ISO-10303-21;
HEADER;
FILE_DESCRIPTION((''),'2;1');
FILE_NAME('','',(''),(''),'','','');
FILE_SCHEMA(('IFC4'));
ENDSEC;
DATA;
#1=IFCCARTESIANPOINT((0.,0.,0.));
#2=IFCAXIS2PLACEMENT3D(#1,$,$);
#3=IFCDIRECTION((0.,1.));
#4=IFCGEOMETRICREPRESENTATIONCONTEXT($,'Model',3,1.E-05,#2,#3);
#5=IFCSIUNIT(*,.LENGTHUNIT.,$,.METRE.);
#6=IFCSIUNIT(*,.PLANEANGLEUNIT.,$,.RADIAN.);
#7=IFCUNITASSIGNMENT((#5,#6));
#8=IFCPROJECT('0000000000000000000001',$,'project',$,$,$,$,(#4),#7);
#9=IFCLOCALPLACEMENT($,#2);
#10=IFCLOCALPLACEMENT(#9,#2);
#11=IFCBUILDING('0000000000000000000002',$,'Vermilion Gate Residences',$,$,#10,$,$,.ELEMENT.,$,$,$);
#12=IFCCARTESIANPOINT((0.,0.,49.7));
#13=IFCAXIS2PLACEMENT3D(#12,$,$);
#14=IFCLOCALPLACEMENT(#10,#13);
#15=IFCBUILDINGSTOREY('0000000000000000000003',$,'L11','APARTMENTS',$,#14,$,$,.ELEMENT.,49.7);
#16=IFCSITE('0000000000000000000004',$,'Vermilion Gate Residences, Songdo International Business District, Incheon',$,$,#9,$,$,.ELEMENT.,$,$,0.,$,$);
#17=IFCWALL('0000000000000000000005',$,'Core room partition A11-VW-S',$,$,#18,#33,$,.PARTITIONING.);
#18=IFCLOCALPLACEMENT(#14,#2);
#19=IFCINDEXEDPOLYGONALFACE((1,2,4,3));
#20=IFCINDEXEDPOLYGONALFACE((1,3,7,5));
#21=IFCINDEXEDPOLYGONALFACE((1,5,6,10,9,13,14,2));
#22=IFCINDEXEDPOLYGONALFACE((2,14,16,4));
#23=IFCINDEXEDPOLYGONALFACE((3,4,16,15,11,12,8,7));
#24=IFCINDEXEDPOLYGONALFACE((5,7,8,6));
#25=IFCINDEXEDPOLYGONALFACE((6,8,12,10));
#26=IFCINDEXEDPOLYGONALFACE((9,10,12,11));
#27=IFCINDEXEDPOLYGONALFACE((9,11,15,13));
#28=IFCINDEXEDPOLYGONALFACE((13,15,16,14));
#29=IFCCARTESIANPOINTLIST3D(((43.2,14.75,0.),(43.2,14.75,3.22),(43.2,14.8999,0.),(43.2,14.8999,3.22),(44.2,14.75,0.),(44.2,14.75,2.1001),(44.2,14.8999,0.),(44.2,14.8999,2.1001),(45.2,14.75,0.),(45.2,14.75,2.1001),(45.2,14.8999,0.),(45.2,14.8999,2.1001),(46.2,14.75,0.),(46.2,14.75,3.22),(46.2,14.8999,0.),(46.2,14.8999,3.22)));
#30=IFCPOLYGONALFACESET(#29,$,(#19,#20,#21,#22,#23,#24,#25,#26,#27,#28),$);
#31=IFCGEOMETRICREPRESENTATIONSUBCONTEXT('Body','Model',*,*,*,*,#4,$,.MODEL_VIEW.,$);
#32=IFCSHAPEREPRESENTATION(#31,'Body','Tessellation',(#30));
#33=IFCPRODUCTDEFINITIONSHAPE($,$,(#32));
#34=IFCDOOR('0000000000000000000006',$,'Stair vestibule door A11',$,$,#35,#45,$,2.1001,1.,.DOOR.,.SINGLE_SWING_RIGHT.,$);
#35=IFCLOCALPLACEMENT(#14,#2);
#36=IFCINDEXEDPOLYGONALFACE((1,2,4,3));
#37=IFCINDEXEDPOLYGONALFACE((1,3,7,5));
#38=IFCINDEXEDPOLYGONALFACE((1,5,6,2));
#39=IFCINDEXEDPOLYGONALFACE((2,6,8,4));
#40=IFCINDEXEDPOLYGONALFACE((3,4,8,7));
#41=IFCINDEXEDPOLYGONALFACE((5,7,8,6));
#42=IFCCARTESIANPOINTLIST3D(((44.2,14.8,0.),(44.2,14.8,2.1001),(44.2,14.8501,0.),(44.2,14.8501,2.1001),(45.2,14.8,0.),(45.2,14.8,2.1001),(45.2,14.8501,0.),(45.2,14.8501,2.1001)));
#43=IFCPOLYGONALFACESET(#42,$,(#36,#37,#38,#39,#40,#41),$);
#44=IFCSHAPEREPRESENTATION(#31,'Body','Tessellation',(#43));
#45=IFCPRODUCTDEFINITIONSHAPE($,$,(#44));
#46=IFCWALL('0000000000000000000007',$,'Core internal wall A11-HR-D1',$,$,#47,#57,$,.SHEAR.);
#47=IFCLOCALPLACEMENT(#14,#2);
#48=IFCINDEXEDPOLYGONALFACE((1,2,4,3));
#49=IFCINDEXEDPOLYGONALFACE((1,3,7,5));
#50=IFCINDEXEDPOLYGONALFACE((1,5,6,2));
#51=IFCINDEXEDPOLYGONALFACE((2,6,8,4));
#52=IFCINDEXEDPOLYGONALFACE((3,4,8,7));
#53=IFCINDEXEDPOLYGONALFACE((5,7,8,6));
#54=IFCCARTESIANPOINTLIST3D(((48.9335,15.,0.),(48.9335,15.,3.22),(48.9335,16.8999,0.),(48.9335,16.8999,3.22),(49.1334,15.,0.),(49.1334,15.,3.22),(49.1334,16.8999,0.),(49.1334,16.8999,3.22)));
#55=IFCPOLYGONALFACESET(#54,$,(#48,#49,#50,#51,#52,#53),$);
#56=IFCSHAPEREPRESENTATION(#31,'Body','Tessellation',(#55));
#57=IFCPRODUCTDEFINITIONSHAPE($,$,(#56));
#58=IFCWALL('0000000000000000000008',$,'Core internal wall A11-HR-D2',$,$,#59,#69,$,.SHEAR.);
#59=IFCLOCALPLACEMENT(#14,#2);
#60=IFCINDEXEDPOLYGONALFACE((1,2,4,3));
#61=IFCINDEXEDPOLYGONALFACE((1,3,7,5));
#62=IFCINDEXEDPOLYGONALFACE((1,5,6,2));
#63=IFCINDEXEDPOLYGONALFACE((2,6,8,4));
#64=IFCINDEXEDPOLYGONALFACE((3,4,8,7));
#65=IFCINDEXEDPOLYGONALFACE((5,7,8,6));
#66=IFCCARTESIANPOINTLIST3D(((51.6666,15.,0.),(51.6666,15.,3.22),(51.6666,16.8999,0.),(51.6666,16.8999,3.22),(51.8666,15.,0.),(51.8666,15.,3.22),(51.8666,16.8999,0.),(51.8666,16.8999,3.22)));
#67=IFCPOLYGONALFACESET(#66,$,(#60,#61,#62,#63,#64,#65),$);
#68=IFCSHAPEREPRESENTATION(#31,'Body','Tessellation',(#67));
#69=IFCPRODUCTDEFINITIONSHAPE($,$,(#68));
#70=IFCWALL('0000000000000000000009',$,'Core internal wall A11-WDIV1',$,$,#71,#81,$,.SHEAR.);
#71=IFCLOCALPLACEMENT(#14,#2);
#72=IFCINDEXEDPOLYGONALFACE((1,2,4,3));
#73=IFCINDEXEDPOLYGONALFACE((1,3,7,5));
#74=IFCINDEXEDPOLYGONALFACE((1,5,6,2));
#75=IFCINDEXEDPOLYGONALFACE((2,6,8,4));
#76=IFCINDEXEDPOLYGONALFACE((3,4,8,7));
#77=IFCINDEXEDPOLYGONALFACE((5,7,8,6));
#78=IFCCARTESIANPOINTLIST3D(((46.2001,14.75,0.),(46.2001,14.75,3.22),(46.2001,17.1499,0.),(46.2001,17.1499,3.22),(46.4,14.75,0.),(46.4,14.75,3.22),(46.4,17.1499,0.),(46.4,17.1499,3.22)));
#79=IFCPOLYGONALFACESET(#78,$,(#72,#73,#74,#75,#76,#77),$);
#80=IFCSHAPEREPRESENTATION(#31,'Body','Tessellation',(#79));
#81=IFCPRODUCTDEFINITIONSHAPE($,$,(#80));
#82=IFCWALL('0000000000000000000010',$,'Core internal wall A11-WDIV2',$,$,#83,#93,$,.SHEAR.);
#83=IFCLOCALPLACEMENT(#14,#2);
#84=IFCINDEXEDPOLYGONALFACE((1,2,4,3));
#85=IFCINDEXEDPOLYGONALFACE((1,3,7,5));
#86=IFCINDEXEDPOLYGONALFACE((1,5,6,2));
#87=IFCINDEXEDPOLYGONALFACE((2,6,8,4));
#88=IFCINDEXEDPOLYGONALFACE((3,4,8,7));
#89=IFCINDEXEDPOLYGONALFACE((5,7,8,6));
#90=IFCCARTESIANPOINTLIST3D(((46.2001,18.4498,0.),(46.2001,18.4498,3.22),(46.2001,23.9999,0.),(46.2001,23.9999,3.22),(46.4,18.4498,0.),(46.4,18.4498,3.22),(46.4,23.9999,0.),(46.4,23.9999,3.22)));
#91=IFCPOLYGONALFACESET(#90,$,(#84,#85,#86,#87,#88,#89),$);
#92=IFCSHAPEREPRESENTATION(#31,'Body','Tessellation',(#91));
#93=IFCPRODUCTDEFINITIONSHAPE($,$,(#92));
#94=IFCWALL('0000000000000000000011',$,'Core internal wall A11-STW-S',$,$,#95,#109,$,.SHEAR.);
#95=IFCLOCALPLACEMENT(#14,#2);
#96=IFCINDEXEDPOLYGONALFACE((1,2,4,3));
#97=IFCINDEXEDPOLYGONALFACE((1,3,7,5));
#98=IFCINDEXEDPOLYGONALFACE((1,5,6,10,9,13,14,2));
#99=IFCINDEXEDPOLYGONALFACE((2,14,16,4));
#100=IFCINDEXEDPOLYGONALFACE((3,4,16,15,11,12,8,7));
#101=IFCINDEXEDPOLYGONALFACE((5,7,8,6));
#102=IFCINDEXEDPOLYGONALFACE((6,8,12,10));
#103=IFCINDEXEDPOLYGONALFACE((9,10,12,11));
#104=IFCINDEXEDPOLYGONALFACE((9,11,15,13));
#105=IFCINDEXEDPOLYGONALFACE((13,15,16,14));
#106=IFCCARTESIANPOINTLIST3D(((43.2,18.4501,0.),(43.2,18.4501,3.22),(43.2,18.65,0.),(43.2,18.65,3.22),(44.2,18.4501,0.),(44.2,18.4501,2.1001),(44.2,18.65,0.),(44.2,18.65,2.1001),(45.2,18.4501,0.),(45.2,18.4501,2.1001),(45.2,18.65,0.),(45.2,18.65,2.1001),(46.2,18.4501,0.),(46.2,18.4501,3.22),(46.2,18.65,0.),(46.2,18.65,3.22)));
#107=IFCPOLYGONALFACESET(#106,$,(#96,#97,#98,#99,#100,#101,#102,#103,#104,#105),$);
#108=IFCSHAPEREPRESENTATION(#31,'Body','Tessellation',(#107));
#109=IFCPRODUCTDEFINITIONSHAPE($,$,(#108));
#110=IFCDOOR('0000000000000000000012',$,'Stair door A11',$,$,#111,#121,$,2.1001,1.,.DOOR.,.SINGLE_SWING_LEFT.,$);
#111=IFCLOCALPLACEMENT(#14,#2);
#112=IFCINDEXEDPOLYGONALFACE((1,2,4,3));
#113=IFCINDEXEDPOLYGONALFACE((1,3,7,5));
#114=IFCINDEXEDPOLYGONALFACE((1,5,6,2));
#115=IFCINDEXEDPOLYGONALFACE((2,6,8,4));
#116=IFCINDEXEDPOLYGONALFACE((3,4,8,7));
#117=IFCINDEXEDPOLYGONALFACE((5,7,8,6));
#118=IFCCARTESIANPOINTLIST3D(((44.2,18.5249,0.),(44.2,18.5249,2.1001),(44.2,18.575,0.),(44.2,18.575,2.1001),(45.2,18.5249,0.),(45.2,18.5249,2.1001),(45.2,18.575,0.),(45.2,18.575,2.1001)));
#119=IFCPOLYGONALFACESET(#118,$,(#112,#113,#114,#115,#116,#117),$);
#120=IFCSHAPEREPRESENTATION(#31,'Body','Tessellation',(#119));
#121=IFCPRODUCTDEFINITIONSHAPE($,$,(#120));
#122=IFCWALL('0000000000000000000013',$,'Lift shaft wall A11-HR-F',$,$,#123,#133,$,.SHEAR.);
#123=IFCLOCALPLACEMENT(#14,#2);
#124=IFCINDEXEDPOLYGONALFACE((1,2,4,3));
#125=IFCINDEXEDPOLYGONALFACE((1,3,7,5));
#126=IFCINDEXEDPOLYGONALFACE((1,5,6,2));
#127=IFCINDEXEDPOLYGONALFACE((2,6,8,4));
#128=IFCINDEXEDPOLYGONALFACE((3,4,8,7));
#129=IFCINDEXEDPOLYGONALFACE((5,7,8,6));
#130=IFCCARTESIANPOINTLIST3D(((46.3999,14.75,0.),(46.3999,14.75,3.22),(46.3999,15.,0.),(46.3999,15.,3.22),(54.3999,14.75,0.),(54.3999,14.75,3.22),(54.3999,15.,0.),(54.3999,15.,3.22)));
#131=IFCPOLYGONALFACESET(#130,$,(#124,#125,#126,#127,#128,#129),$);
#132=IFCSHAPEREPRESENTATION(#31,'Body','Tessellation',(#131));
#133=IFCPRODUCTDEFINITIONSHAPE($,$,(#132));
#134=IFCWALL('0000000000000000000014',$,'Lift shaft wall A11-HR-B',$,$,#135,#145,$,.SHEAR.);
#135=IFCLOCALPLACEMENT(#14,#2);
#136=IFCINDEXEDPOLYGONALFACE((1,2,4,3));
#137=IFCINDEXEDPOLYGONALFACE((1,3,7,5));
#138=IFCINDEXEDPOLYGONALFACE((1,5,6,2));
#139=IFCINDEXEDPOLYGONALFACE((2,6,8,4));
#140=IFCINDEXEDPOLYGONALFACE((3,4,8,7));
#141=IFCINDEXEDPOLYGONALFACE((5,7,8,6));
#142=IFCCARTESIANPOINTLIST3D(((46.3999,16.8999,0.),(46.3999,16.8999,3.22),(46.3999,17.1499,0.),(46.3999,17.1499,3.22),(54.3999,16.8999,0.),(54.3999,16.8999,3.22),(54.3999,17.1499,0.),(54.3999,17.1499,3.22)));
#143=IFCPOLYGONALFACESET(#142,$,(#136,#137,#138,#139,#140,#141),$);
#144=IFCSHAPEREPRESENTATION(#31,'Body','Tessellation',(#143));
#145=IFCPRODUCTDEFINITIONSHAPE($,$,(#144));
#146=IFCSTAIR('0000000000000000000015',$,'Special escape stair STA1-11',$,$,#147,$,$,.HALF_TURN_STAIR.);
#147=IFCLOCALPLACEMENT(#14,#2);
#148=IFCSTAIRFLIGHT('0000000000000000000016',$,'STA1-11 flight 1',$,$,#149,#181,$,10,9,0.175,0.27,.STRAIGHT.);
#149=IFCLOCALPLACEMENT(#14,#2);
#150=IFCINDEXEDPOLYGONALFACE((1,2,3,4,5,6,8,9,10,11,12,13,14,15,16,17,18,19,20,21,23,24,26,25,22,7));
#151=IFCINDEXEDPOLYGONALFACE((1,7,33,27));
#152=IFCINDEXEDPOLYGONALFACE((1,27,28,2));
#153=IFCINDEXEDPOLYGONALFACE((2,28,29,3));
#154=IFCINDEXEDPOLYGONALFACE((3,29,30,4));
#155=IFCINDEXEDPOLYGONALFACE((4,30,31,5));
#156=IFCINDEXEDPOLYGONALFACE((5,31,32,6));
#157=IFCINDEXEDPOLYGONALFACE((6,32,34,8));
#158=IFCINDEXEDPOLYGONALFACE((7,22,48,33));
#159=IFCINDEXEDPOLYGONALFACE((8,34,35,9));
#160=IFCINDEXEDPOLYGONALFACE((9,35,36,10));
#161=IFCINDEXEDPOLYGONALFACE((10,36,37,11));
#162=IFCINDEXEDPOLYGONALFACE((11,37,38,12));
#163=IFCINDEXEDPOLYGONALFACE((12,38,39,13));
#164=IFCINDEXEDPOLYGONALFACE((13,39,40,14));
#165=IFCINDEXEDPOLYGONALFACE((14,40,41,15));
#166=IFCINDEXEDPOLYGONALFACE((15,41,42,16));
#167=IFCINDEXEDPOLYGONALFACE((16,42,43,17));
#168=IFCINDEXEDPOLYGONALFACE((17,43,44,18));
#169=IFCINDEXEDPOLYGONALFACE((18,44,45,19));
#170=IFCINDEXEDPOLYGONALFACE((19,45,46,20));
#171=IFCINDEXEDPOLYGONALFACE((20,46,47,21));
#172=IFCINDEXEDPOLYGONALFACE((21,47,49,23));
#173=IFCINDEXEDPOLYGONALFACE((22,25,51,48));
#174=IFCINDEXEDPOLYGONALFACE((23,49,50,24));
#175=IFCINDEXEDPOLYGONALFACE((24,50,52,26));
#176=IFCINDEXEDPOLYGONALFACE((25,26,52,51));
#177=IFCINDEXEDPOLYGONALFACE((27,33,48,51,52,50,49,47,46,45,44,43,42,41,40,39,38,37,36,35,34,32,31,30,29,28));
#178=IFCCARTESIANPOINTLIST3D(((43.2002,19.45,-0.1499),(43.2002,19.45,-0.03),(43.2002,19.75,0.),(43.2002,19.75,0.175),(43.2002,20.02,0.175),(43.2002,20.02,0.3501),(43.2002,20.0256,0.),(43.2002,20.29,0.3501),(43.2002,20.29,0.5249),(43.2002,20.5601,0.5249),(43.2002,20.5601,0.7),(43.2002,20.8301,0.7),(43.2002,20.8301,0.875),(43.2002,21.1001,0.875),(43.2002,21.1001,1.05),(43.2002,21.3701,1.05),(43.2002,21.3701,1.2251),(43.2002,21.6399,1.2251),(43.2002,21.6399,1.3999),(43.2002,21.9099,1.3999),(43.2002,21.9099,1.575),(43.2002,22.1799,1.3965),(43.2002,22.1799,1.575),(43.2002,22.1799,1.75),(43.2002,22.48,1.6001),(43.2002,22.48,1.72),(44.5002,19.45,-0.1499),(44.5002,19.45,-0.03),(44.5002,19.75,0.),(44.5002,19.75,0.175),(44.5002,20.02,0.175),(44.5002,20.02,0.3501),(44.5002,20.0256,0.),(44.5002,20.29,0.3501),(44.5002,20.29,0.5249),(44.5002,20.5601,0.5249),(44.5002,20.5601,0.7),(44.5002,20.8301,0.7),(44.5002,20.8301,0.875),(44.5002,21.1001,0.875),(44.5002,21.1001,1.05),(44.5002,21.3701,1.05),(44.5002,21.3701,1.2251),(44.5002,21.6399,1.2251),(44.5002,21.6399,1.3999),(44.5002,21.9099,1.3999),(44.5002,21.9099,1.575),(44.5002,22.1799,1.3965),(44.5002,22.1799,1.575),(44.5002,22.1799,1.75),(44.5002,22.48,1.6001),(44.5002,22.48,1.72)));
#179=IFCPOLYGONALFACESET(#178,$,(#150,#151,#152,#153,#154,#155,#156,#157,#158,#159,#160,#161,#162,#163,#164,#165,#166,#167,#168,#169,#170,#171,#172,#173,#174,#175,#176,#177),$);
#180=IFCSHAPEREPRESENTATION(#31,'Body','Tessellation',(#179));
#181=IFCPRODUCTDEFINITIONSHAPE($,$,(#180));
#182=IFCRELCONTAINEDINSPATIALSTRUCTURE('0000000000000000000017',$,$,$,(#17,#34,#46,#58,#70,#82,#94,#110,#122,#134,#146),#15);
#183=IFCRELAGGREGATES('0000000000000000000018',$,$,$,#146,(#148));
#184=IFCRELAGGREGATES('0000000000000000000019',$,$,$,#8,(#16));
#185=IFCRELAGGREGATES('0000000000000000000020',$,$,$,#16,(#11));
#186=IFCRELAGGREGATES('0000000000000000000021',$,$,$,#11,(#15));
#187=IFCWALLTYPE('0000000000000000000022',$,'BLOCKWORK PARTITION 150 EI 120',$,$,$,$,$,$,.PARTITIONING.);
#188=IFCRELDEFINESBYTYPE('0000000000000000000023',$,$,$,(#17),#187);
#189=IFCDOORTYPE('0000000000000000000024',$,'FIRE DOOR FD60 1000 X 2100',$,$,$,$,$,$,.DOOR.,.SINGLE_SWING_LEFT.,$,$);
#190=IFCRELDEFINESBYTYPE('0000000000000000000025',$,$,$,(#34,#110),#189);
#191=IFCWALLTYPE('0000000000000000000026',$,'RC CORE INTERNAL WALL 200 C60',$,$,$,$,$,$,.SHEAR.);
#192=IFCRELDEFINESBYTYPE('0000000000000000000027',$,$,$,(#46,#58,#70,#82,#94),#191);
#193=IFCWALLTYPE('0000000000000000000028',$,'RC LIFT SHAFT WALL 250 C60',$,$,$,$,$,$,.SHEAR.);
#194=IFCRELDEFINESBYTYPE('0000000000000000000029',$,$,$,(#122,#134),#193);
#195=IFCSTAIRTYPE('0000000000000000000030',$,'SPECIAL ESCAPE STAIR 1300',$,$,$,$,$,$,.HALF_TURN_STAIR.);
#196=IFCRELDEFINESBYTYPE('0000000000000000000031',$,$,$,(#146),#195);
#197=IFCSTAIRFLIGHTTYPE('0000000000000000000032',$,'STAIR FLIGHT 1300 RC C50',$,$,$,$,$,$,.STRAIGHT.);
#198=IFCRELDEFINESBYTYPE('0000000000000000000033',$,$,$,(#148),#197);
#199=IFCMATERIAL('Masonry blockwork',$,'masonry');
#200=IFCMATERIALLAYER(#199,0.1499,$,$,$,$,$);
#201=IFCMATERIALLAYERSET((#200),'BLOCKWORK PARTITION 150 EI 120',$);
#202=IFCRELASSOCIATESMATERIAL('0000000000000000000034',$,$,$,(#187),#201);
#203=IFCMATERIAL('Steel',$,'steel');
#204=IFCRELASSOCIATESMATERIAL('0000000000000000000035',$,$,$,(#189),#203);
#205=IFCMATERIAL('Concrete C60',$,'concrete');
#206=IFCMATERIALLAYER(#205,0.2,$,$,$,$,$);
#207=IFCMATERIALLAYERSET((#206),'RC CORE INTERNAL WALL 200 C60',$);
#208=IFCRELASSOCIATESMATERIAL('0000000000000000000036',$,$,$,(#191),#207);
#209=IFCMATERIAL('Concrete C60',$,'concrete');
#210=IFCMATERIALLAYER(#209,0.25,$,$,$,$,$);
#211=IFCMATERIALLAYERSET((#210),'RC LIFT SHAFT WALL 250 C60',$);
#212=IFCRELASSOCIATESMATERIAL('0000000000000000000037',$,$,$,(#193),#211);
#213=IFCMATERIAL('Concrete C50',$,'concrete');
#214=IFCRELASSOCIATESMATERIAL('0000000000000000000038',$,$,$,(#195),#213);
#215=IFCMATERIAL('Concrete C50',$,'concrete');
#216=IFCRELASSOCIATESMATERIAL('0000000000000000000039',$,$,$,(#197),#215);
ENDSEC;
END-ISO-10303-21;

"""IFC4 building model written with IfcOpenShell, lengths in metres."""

from ifc_helpers import new_model, si_unit, direction, frame, frame_2d, origin, place, context, subcontext, project, spatial, polyline, rectangle, outline, extrude, material, layer, layer_set, type_object, element, fill, aggregate, save


model = new_model("IFC4")

# Units and contexts
model_context = context("Model", 3, precision=1e-05, world=origin(), true_north=direction((0.0, 1.0)))
body_context = subcontext(model_context, "Body", "Model", "MODEL_VIEW")
ifc_project = project(units=[si_unit("LENGTHUNIT", "METRE"), si_unit("PLANEANGLEUNIT", "RADIAN")], contexts=[model_context])

# Site, building, storey
site_placement = place(None, origin())
site = spatial("IfcSite", under=ifc_project, at=site_placement, Name="Vermilion Gate Residences, Songdo International Business District, Incheon", CompositionType="ELEMENT", RefElevation=0.0)
building_placement = place(site_placement, origin())
building = spatial("IfcBuilding", under=site, at=building_placement, Name="Vermilion Gate Residences", CompositionType="ELEMENT")
storey_placement = place(building_placement, frame((0.0, 0.0, 49.7)))
storey = spatial("IfcBuildingStorey", under=building, at=storey_placement, Name="L11", Description="APARTMENTS", CompositionType="ELEMENT", Elevation=49.7)

# Wall, opening, door
ifc_material_1 = material(Name="Masonry blockwork", Category="masonry")
ifc_layer_1 = layer(ifc_material_1, 0.1499)
ifc_layer_set_1 = layer_set([ifc_layer_1], Name="BLOCKWORK PARTITION 150 EI 120")
wall_type_1 = type_object("IfcWallType", Name="BLOCKWORK PARTITION 150 EI 120", PredefinedType="PARTITIONING", material=ifc_layer_set_1)
wall_1_placement = place(storey_placement, frame((43.2, 14.825, 0.0), z_axis=(0.0, 0.0, 1.0), x_axis=(1.0, 0.0, 0.0)))
wall_1 = element("IfcWall", 1, at=wall_1_placement, inside=storey, type_object=wall_type_1, Name="Core room partition A11-VW-S", PredefinedType="PARTITIONING", context=body_context, shape_type="SweptSolid", body=[
    extrude(rectangle(XDim=3.0, YDim=0.1499, at=frame_2d((1.5, 0.0))), origin(), (0.0, 0.0, 1.0), 3.22),
])
opening_1_placement = place(wall_1_placement, frame((1.0, 0.0, 0.0)))
opening_1 = element("IfcOpeningElement", 2, at=opening_1_placement, cuts=wall_1, PredefinedType="OPENING", context=body_context, shape_type="SweptSolid", body=[
    extrude(rectangle(XDim=1.0, YDim=2.1001, at=frame_2d((0.5, 1.05))), frame((0.0, 0.085, 0.0), z_axis=(0.0, -1.0, 0.0), x_axis=(1.0, 0.0, 0.0)), (0.0, 0.0, 1.0), 0.1699),
])
ifc_material_2 = material(Name="Steel", Category="steel")
door_type = type_object("IfcDoorType", Name="FIRE DOOR FD60 1000 X 2100", OperationType="SINGLE_SWING_LEFT", PredefinedType="DOOR", material=ifc_material_2)
door_1_placement = place(opening_1_placement, frame((1.0, 0.0, 0.0), z_axis=(0.0, 0.0, 1.0), x_axis=(-1.0, 0.0, 0.0)))
door_1 = element("IfcDoor", 3, at=door_1_placement, inside=storey, type_object=door_type, Name="Stair vestibule door A11", OperationType="SINGLE_SWING_RIGHT", OverallHeight=2.1001, OverallWidth=1.0, PredefinedType="DOOR", context=body_context, shape_type="SweptSolid", body=[
    extrude(rectangle(XDim=1.0, YDim=2.1001, at=frame_2d((0.5, 1.05))), frame((0.0, 0.0249, 0.0), z_axis=(0.0, -1.0, 0.0), x_axis=(1.0, 0.0, 0.0)), (0.0, 0.0, 1.0), 0.05),
])
fill(opening_1, door_1)

# Walls
ifc_material_3 = material(Name="Concrete C60", Category="concrete")
ifc_layer_2 = layer(ifc_material_3, 0.2)
ifc_layer_set_2 = layer_set([ifc_layer_2], Name="RC CORE INTERNAL WALL 200 C60")
wall_type_2 = type_object("IfcWallType", Name="RC CORE INTERNAL WALL 200 C60", PredefinedType="SHEAR", material=ifc_layer_set_2)
for number, where, z_axis, x_axis, name in (
    (4, (49.0334, 15.0, 0.0), (0.0, 0.0, 1.0), (0.0, 1.0, 0.0), "Core internal wall A11-HR-D1"),
    (5, (51.7666, 15.0, 0.0), (0.0, 0.0, 1.0), (0.0, 1.0, 0.0), "Core internal wall A11-HR-D2"),
):
    element("IfcWall", number, at=place(storey_placement, frame(where, z_axis=z_axis, x_axis=x_axis)), inside=storey, type_object=wall_type_2, Name=name, PredefinedType="SHEAR", context=body_context, shape_type="SweptSolid", body=[
        extrude(rectangle(XDim=1.8999, YDim=0.2, at=frame_2d((0.95, 0.0))), origin(), (0.0, 0.0, 1.0), 3.22),
    ])
wall_2_placement = place(storey_placement, frame((46.3, 14.75, 0.0), z_axis=(0.0, 0.0, 1.0), x_axis=(0.0, 1.0, 0.0)))
element("IfcWall", 6, at=wall_2_placement, inside=storey, type_object=wall_type_2, Name="Core internal wall A11-WDIV1", PredefinedType="SHEAR", context=body_context, shape_type="SweptSolid", body=[
    extrude(rectangle(XDim=2.3999, YDim=0.2, at=frame_2d((1.2, 0.0))), origin(), (0.0, 0.0, 1.0), 3.22),
])
wall_3_placement = place(storey_placement, frame((46.3, 18.45, 0.0), z_axis=(0.0, 0.0, 1.0), x_axis=(0.0, 1.0, 0.0)))
element("IfcWall", 7, at=wall_3_placement, inside=storey, type_object=wall_type_2, Name="Core internal wall A11-WDIV2", PredefinedType="SHEAR", context=body_context, shape_type="SweptSolid", body=[
    extrude(rectangle(XDim=5.55, YDim=0.2, at=frame_2d((2.7749, 0.0))), origin(), (0.0, 0.0, 1.0), 3.22),
])

# Wall, opening, door
wall_4_placement = place(storey_placement, frame((43.2, 18.55, 0.0), z_axis=(0.0, 0.0, 1.0), x_axis=(1.0, 0.0, 0.0)))
wall_4 = element("IfcWall", 8, at=wall_4_placement, inside=storey, type_object=wall_type_2, Name="Core internal wall A11-STW-S", PredefinedType="SHEAR", context=body_context, shape_type="SweptSolid", body=[
    extrude(rectangle(XDim=3.0, YDim=0.2, at=frame_2d((1.5, 0.0))), origin(), (0.0, 0.0, 1.0), 3.22),
])
opening_2_placement = place(wall_4_placement, frame((1.0, 0.0, 0.0)))
opening_2 = element("IfcOpeningElement", 9, at=opening_2_placement, cuts=wall_4, PredefinedType="OPENING", context=body_context, shape_type="SweptSolid", body=[
    extrude(rectangle(XDim=1.0, YDim=2.1001, at=frame_2d((0.5, 1.05))), frame((0.0, 0.1099, 0.0), z_axis=(0.0, -1.0, 0.0), x_axis=(1.0, 0.0, 0.0)), (0.0, 0.0, 1.0), 0.22),
])
door_2_placement = place(opening_2_placement, origin())
door_2 = element("IfcDoor", 10, at=door_2_placement, inside=storey, type_object=door_type, Name="Stair door A11", OperationType="SINGLE_SWING_LEFT", OverallHeight=2.1001, OverallWidth=1.0, PredefinedType="DOOR", context=body_context, shape_type="SweptSolid", body=[
    extrude(rectangle(XDim=1.0, YDim=2.1001, at=frame_2d((0.5, 1.05))), frame((0.0, 0.0249, 0.0), z_axis=(0.0, -1.0, 0.0), x_axis=(1.0, 0.0, 0.0)), (0.0, 0.0, 1.0), 0.05),
])
fill(opening_2, door_2)

# Walls
ifc_material_4 = material(Name="Concrete C60", Category="concrete")
ifc_layer_3 = layer(ifc_material_4, 0.25)
ifc_layer_set_3 = layer_set([ifc_layer_3], Name="RC LIFT SHAFT WALL 250 C60")
wall_type_3 = type_object("IfcWallType", Name="RC LIFT SHAFT WALL 250 C60", PredefinedType="SHEAR", material=ifc_layer_set_3)
for number, where, z_axis, x_axis, name in (
    (11, (46.3999, 14.875, 0.0), (0.0, 0.0, 1.0), (1.0, 0.0, 0.0), "Lift shaft wall A11-HR-F"),
    (12, (46.3999, 17.0249, 0.0), (0.0, 0.0, 1.0), (1.0, 0.0, 0.0), "Lift shaft wall A11-HR-B"),
):
    element("IfcWall", number, at=place(storey_placement, frame(where, z_axis=z_axis, x_axis=x_axis)), inside=storey, type_object=wall_type_3, Name=name, PredefinedType="SHEAR", context=body_context, shape_type="SweptSolid", body=[
        extrude(rectangle(XDim=8.0, YDim=0.25, at=frame_2d((4.0, 0.0))), origin(), (0.0, 0.0, 1.0), 3.22),
    ])

# Stair, stair flight
ifc_material_5 = material(Name="Concrete C50", Category="concrete")
stair_type = type_object("IfcStairType", Name="SPECIAL ESCAPE STAIR 1300", PredefinedType="HALF_TURN_STAIR", material=ifc_material_5)
stair_placement = place(storey_placement, origin())
stair = element("IfcStair", 13, at=stair_placement, inside=storey, type_object=stair_type, Name="Special escape stair STA1-11", PredefinedType="HALF_TURN_STAIR")
ifc_material_6 = material(Name="Concrete C50", Category="concrete")
stair_flight_type = type_object("IfcStairFlightType", Name="STAIR FLIGHT 1300 RC C50", PredefinedType="STRAIGHT", material=ifc_material_6)
stair_flight_placement = place(storey_placement, frame((43.8501, 19.75, 0.0), z_axis=(0.0, 0.0, 1.0), x_axis=(0.0, 1.0, 0.0)))
stair_flight = element("IfcStairFlight", 14, at=stair_flight_placement, type_object=stair_flight_type, Name="STA1-11 flight 1", NumberOfRisers=10, NumberOfTreads=9, PredefinedType="STRAIGHT", RiserHeight=0.175, TreadLength=0.27, context=body_context, shape_type="SweptSolid", body=[
    extrude(outline(polyline([(-0.3, -0.1499), (-0.3, -0.03), (0.0, 0.0), (0.0, 0.175), (0.27, 0.175), (0.27, 0.3501), (0.54, 0.3501), (0.54, 0.5249), (0.8101, 0.5249), (0.8101, 0.7), (1.0801, 0.7), (1.0801, 0.875), (1.3501, 0.875), (1.3501, 1.05), (1.6201, 1.05), (1.6201, 1.2251), (1.8899, 1.2251), (1.8899, 1.3999), (2.1599, 1.3999), (2.1599, 1.575), (2.4299, 1.575), (2.4299, 1.75), (2.73, 1.72), (2.73, 1.6001), (2.4299, 1.3965), (0.2756, 0.0), (-0.3, -0.1499)])), frame((0.0, 0.6499, 0.0), z_axis=(0.0, -1.0, 0.0), x_axis=(1.0, 0.0, 0.0)), (0.0, 0.0, 1.0), 1.3),
])
aggregate(stair, [stair_flight])

save(model, "model.ifc")
